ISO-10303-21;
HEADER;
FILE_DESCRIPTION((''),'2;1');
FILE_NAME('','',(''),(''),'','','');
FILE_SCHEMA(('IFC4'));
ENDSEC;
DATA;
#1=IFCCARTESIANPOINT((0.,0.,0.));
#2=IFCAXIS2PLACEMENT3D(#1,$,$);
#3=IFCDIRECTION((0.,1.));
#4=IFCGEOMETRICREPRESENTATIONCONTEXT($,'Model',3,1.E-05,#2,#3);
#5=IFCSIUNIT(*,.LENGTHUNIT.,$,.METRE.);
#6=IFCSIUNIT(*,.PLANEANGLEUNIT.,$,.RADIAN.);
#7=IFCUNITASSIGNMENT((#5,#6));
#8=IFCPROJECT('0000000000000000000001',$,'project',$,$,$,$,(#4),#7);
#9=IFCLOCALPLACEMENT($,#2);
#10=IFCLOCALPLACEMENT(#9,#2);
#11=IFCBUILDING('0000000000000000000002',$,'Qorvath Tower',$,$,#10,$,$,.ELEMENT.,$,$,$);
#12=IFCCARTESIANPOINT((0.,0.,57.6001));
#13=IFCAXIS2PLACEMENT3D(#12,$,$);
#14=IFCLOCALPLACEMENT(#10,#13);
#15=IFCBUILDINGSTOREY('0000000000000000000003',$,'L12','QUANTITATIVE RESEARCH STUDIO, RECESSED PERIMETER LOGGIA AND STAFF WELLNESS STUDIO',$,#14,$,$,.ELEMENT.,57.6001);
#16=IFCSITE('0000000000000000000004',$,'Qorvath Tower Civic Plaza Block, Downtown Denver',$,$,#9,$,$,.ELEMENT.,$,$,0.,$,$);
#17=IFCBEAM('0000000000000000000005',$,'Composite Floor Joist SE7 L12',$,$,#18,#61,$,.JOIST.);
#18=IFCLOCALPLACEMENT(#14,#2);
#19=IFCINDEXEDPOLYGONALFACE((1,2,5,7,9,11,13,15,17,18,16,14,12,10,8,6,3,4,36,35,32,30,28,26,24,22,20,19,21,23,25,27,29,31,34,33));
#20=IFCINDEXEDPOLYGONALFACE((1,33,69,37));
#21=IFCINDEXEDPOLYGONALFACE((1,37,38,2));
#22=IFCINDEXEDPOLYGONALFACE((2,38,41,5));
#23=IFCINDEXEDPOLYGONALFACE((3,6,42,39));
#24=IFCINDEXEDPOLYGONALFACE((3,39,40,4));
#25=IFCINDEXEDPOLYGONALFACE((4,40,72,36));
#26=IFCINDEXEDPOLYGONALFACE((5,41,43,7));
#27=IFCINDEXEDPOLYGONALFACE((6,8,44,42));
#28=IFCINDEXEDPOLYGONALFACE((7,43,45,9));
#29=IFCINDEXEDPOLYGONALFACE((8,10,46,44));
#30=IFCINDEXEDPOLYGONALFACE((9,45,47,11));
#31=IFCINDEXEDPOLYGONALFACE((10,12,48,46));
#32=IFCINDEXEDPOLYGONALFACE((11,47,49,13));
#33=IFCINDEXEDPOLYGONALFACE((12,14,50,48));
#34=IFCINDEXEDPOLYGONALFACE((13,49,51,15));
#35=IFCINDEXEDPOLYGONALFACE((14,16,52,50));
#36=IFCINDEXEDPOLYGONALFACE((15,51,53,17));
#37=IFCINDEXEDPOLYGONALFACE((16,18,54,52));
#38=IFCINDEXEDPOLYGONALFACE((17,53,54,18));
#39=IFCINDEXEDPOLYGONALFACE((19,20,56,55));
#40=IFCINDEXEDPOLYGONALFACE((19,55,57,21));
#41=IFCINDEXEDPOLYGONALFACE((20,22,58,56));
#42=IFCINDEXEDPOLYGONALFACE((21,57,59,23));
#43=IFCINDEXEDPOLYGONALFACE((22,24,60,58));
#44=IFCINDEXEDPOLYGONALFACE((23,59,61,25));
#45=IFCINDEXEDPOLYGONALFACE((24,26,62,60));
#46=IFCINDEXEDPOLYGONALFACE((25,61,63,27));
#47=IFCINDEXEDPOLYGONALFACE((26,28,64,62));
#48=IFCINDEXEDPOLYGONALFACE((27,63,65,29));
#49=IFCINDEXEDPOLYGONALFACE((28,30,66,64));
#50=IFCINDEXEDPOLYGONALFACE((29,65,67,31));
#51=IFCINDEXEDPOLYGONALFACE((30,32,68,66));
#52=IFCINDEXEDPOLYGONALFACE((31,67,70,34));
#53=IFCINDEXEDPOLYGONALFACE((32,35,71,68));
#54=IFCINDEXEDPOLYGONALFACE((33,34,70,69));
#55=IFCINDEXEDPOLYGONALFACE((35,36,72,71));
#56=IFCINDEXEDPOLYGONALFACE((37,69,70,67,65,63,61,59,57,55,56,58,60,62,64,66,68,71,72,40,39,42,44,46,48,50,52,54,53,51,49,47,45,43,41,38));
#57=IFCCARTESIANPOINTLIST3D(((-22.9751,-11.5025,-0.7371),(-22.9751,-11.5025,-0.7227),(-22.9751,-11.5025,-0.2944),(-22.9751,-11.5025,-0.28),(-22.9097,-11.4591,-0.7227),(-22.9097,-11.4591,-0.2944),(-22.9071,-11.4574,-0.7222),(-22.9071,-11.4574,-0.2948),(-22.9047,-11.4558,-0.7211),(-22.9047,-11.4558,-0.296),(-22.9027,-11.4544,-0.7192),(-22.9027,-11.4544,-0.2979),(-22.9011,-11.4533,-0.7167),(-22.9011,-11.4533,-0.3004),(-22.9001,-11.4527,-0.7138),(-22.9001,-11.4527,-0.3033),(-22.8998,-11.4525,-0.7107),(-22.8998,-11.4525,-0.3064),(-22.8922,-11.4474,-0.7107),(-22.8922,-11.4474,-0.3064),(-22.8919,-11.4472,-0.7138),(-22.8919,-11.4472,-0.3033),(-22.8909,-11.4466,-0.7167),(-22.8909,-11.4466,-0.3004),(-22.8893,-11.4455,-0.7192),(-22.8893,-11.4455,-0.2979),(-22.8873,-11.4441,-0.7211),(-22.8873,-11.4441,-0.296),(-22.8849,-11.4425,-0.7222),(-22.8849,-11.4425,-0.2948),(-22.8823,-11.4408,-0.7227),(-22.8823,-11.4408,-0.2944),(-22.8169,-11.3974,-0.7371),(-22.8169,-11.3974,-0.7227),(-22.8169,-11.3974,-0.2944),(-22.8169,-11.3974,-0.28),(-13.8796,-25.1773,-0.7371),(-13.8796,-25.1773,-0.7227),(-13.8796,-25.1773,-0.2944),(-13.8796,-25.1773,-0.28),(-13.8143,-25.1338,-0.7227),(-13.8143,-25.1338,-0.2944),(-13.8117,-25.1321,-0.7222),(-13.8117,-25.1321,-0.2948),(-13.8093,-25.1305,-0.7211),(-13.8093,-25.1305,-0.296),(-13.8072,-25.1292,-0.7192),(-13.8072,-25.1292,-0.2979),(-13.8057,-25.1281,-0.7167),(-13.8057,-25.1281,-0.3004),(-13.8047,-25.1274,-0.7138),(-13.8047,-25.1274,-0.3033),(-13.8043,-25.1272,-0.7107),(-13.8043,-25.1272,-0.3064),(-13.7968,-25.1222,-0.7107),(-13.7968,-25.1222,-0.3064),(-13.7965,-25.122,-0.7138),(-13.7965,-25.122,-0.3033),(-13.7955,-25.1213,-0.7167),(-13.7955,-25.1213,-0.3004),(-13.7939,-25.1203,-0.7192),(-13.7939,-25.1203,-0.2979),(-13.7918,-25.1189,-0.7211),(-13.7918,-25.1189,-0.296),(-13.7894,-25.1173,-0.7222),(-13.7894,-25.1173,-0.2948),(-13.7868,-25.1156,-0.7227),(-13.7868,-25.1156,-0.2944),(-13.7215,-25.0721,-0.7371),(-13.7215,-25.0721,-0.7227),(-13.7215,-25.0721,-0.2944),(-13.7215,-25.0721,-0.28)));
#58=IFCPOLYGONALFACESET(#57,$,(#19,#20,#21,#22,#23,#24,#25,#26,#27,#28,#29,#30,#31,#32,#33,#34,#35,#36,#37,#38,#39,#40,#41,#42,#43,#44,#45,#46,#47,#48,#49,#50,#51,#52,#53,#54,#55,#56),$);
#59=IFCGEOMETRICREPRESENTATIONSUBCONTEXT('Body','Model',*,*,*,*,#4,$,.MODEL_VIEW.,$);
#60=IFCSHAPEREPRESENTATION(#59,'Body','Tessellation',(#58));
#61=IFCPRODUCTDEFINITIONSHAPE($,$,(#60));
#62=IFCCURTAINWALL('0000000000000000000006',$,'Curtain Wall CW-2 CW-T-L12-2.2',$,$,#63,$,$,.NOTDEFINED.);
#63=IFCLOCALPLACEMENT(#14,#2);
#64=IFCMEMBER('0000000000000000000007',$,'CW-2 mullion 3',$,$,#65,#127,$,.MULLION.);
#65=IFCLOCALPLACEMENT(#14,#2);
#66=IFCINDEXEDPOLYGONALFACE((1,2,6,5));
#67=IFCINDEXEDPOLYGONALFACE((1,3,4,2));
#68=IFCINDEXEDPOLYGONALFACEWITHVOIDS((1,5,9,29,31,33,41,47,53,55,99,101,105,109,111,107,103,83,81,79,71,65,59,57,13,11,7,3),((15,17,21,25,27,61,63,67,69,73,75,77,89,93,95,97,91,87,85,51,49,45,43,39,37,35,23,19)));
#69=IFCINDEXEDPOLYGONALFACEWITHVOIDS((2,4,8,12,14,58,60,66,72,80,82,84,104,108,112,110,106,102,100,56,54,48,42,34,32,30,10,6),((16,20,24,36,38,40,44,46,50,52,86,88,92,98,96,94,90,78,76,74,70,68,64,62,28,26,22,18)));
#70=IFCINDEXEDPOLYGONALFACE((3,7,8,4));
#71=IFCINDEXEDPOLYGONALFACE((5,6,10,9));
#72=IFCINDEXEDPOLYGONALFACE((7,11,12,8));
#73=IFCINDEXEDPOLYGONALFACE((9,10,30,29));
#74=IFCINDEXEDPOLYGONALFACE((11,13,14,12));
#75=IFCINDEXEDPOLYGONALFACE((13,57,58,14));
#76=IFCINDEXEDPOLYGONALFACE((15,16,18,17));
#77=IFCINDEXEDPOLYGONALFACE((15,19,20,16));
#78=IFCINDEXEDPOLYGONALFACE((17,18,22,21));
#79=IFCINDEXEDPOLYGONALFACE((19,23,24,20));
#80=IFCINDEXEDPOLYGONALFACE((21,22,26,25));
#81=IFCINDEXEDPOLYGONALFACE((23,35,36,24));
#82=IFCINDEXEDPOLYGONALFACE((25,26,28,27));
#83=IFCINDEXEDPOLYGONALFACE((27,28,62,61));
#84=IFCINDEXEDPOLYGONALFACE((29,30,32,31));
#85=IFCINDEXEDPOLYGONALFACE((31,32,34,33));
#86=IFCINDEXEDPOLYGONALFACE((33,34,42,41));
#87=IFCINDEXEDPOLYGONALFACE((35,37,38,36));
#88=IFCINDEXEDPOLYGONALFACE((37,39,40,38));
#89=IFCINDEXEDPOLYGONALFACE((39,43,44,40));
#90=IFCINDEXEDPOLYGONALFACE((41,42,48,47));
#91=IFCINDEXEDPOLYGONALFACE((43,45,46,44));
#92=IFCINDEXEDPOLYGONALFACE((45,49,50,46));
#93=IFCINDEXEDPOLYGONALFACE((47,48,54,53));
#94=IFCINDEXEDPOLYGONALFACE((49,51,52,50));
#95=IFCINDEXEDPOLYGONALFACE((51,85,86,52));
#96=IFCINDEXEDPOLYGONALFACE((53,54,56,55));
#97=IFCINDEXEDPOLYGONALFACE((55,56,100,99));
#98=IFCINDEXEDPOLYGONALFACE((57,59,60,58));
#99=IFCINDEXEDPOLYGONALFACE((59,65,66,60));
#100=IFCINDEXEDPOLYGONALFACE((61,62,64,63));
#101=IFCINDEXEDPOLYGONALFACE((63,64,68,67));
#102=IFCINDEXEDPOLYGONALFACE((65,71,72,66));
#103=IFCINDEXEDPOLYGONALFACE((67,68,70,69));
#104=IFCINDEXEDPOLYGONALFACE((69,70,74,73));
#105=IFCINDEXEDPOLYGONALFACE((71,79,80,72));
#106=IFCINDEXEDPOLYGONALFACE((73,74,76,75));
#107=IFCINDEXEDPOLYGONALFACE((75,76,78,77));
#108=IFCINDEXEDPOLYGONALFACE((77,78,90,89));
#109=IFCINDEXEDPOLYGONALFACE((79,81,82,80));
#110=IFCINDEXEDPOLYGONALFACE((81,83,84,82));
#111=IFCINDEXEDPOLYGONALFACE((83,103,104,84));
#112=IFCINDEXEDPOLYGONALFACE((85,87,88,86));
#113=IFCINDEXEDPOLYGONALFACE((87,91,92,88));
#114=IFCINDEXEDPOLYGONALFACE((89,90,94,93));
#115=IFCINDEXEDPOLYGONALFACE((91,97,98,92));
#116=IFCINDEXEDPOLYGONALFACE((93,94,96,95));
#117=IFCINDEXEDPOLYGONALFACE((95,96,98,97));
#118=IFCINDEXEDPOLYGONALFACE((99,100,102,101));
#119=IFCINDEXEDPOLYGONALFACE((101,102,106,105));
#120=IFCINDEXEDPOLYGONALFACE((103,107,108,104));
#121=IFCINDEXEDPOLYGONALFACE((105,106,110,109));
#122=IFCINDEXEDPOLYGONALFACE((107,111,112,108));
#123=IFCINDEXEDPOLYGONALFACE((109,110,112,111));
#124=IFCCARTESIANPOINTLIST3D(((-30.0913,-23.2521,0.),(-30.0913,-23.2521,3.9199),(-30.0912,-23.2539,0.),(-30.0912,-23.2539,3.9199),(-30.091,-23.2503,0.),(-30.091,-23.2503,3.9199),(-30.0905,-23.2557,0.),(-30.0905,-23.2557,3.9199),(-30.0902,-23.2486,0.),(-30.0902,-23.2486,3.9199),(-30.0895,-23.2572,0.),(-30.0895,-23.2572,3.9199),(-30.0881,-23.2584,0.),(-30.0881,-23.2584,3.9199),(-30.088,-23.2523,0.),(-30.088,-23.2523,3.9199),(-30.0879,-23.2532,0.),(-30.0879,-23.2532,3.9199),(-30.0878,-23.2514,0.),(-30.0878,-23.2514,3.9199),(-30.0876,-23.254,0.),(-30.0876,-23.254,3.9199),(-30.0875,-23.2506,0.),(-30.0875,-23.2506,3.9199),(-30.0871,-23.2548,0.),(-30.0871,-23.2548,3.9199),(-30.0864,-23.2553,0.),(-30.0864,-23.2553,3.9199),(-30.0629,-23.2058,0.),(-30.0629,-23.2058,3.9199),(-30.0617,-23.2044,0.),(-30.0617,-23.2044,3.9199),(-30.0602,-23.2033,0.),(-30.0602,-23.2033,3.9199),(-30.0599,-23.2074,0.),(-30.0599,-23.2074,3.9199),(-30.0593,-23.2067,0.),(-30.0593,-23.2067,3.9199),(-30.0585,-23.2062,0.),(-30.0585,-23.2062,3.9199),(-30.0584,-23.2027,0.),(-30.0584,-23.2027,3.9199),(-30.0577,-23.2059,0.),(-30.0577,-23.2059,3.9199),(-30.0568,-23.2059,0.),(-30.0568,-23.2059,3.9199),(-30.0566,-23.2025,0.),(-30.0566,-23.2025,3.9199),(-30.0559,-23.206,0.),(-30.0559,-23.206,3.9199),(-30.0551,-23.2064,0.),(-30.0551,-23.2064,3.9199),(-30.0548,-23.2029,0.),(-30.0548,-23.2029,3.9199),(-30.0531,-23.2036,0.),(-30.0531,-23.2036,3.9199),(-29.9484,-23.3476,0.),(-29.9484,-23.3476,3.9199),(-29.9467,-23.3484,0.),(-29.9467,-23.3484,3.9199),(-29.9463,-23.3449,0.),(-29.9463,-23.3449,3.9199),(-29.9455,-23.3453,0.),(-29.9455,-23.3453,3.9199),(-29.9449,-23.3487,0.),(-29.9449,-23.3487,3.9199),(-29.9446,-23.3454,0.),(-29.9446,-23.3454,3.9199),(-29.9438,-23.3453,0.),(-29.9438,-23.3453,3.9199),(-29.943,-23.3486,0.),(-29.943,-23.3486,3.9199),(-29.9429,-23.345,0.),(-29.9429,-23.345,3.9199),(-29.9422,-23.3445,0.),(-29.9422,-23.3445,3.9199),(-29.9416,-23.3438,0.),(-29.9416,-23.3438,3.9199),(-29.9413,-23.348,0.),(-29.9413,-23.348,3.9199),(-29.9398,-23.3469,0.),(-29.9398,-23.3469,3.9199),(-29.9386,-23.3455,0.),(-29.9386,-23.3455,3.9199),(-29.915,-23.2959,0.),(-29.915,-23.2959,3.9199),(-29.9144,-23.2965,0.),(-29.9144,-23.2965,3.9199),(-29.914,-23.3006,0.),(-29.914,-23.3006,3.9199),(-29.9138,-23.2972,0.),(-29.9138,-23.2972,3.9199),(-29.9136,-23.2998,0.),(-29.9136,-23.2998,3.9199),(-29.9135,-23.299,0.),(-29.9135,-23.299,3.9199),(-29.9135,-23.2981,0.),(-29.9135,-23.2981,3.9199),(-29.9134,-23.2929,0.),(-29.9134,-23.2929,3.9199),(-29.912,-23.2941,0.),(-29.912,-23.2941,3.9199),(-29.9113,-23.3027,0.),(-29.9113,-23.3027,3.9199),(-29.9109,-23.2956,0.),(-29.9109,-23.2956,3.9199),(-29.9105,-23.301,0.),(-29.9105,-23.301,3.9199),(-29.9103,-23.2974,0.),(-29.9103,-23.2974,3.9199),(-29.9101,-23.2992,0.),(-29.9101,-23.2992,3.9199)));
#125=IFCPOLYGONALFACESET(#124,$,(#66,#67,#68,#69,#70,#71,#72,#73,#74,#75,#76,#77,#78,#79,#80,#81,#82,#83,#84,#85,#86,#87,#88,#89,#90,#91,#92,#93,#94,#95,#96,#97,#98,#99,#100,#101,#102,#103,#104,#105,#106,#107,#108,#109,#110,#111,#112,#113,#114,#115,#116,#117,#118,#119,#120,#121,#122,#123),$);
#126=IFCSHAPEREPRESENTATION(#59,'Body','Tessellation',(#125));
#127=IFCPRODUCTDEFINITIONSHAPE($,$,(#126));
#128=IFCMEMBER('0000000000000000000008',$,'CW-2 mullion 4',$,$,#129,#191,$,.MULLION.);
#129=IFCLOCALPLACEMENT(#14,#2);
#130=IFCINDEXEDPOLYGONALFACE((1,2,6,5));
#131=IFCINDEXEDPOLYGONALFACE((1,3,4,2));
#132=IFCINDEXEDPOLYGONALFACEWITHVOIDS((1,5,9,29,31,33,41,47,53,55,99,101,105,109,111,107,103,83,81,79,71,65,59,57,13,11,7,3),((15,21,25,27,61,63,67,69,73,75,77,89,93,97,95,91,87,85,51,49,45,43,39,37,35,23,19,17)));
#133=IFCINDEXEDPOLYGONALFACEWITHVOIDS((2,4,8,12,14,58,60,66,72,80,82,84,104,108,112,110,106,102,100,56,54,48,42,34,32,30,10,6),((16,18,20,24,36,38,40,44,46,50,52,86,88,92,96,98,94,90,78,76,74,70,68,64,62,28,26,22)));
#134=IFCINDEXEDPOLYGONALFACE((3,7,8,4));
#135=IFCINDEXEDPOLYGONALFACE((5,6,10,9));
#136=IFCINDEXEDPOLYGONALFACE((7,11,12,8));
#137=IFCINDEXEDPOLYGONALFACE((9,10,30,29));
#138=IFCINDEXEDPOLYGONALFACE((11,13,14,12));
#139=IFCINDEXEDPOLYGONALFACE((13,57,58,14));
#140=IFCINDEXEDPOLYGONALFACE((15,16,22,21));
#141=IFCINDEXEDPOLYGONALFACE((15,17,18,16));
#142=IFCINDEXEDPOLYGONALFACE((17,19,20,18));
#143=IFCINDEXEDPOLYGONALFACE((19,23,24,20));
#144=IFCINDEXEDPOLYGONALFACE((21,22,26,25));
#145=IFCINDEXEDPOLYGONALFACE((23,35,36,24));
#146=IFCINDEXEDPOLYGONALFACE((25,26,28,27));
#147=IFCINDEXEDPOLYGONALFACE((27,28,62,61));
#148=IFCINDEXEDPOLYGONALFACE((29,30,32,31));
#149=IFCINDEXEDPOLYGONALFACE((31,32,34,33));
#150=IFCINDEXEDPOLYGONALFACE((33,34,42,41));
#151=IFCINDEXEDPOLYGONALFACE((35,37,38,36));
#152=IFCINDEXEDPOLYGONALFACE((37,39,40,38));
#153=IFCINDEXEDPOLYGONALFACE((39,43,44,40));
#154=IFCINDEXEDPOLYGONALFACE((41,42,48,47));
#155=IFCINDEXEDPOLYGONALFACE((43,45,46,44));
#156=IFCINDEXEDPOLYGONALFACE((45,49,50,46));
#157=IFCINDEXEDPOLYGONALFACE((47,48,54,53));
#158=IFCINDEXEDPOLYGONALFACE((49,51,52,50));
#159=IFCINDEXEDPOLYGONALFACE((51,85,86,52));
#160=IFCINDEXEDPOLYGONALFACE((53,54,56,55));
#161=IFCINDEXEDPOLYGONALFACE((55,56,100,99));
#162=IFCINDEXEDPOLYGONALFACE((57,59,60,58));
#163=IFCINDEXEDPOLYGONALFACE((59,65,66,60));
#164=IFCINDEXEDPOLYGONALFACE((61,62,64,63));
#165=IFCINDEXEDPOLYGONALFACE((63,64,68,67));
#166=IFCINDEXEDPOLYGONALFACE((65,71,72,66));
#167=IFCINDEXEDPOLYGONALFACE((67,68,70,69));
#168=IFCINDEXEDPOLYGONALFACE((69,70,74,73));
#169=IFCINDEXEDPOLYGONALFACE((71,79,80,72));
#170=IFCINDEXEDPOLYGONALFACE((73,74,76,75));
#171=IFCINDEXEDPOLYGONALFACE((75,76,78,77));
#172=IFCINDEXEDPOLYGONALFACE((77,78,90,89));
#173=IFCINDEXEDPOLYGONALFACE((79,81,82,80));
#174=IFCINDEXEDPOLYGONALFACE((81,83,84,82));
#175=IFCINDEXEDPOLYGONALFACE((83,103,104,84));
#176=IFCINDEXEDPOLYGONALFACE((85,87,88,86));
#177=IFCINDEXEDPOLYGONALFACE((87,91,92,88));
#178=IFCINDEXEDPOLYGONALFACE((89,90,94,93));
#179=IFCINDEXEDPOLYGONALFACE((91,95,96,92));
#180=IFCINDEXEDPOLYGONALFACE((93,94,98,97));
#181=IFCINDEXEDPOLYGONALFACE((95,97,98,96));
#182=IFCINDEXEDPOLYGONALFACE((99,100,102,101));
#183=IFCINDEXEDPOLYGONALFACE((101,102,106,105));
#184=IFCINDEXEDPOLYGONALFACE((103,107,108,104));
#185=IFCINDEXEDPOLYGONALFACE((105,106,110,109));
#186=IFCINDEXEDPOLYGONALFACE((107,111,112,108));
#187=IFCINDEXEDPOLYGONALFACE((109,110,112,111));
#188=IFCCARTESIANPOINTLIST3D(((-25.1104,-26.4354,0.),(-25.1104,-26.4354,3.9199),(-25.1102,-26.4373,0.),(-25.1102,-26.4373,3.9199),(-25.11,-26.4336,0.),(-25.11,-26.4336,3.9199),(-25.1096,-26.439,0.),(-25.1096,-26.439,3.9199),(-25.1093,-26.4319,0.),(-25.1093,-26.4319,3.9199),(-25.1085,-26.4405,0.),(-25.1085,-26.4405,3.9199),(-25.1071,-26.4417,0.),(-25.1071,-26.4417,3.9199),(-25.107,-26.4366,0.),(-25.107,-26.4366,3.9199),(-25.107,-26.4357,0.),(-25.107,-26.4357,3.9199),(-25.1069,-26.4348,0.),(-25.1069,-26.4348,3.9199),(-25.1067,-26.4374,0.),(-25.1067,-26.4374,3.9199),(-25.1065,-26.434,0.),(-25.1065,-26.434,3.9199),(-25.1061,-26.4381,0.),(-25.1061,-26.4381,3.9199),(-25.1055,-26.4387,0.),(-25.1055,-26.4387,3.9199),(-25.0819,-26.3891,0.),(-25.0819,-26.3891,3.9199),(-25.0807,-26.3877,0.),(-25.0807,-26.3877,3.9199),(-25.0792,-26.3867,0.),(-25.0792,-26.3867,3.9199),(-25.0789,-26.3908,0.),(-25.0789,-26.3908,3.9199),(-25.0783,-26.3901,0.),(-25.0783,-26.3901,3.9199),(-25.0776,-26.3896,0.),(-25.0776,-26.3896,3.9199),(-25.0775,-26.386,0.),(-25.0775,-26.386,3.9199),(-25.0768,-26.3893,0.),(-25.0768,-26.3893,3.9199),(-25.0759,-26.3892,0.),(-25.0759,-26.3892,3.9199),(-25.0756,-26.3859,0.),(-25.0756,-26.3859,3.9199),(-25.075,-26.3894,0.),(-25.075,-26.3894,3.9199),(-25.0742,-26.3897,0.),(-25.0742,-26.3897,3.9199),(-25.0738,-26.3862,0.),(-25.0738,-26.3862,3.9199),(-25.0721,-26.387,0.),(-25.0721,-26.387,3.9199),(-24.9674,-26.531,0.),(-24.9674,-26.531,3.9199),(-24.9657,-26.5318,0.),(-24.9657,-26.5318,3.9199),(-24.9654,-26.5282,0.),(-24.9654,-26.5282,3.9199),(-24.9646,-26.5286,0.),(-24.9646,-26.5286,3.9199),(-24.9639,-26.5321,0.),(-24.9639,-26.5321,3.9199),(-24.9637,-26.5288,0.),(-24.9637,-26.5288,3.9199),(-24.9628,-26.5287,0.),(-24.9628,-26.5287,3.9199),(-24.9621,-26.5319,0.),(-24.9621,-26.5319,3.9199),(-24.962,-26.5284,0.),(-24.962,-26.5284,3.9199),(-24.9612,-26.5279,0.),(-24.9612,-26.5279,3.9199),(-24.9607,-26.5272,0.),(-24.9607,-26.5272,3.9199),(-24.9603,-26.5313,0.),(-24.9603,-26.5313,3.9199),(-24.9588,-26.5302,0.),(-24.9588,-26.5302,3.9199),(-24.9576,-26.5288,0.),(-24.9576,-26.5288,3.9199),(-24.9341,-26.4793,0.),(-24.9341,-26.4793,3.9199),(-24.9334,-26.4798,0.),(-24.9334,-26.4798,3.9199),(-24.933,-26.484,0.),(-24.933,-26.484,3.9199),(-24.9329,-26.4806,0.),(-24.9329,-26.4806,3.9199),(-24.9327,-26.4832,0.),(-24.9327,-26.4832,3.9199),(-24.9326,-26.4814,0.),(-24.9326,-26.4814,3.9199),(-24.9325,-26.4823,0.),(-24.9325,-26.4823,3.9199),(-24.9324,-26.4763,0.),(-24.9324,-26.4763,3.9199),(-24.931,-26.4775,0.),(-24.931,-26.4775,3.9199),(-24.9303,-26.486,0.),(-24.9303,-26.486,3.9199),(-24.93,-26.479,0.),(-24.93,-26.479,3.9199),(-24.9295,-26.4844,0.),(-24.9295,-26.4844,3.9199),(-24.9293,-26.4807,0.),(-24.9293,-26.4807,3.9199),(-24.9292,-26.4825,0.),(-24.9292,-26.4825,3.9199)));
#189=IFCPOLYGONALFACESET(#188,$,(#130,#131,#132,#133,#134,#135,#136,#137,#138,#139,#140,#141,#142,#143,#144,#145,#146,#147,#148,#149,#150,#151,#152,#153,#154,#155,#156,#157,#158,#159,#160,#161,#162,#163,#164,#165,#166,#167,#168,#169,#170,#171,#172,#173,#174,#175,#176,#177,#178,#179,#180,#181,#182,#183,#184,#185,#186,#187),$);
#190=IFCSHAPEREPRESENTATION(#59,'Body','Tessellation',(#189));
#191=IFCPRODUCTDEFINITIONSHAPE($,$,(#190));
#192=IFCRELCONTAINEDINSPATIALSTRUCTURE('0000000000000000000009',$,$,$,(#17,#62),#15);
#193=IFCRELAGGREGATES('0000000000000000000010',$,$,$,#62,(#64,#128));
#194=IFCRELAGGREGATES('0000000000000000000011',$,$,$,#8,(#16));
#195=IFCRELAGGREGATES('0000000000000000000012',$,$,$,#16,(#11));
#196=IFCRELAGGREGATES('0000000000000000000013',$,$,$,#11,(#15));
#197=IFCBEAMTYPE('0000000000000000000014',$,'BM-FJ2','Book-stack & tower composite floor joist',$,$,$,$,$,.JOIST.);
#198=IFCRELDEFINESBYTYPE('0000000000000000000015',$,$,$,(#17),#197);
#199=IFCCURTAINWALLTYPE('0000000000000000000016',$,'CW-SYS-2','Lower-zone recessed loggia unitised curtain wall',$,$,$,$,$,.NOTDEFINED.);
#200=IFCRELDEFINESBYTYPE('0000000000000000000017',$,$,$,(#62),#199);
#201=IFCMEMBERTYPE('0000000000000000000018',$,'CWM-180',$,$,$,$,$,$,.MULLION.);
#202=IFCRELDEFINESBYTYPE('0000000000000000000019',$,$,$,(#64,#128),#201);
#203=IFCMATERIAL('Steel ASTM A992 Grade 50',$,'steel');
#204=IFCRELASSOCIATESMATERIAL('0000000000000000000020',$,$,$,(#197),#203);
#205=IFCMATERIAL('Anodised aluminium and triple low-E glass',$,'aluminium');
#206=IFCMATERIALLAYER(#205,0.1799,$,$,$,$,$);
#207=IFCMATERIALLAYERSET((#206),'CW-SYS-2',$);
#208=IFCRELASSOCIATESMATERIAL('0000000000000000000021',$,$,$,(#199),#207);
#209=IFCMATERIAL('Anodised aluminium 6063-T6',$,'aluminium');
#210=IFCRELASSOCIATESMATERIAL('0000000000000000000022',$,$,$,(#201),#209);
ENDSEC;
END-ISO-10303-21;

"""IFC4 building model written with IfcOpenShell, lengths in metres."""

from ifc_helpers import new_model, si_unit, direction, frame, origin, origin_2d, place, context, subcontext, project, spatial, hollow_rectangle, i_section, extrude, material, layer, layer_set, material_profile, profile_set, type_object, element, aggregate, save


model = new_model("IFC4")

# Units and contexts
model_context = context("Model", 3, precision=1e-05, world=origin(), true_north=direction((0.0, 1.0)))
body_context = subcontext(model_context, "Body", "Model", "MODEL_VIEW")
ifc_project = project(units=[si_unit("LENGTHUNIT", "METRE"), si_unit("PLANEANGLEUNIT", "RADIAN")], contexts=[model_context])

# Site, building, storey
site_placement = place(None, origin())
site = spatial("IfcSite", under=ifc_project, at=site_placement, Name="Qorvath Tower Civic Plaza Block, Downtown Denver", CompositionType="ELEMENT", RefElevation=0.0)
building_placement = place(site_placement, origin())
building = spatial("IfcBuilding", under=site, at=building_placement, Name="Qorvath Tower", CompositionType="ELEMENT")
storey_placement = place(building_placement, frame((0.0, 0.0, 57.6001)))
storey = spatial("IfcBuildingStorey", under=building, at=storey_placement, Name="L12", Description="QUANTITATIVE RESEARCH STUDIO, RECESSED PERIMETER LOGGIA AND STAFF WELLNESS STUDIO", CompositionType="ELEMENT", Elevation=57.6001)

# Beam
ifc_material_1 = material(Name="Steel ASTM A992 Grade 50", Category="steel")
ifc_material_profile_1 = material_profile(ifc_material_1, i_section(OverallWidth=0.1899, OverallDepth=0.457, WebThickness=0.009, FlangeThickness=0.0144, FilletRadius=0.012, at=origin_2d()), Name="W18x50")
ifc_profile_set_1 = profile_set([ifc_material_profile_1], Name="Steel ASTM A992 Grade 50")
beam_type_1 = type_object("IfcBeamType", Name="BM-FJ2", Description="Book-stack & tower composite floor joist", PredefinedType="JOIST", material=ifc_profile_set_1)
beam_1_placement = place(storey_placement, frame((-22.896, -11.45, -0.5085), z_axis=(0.553811, -0.832642, 0.0), x_axis=(0.832642, 0.553811, 0.0)))
element("IfcBeam", 1, at=beam_1_placement, inside=storey, type_object=beam_type_1, Name="Composite Floor Joist SE7 L12", PredefinedType="JOIST", context=body_context, shape_type="SweptSolid", body=[
    extrude(i_section(OverallWidth=0.1899, OverallDepth=0.457, WebThickness=0.009, FlangeThickness=0.0144, FilletRadius=0.012, at=origin_2d()), origin(), (0.0, 0.0, 1.0), 16.4233),
])

# Curtain wall, members
ifc_material_2 = material(Name="Anodised aluminium and triple low-E glass", Category="aluminium")
ifc_layer_1 = layer(ifc_material_2, 0.1799)
ifc_layer_set_1 = layer_set([ifc_layer_1], Name="CW-SYS-2")
curtain_wall_type = type_object("IfcCurtainWallType", Name="CW-SYS-2", Description="Lower-zone recessed loggia unitised curtain wall", PredefinedType="NOTDEFINED", material=ifc_layer_set_1)
curtain_wall_placement = place(storey_placement, origin())
curtain_wall = element("IfcCurtainWall", 2, at=curtain_wall_placement, inside=storey, type_object=curtain_wall_type, Name="Curtain Wall CW-2 CW-T-L12-2.2", PredefinedType="NOTDEFINED")
ifc_material_3 = material(Name="Anodised aluminium 6063-T6", Category="aluminium")
ifc_material_profile_2 = material_profile(ifc_material_3, hollow_rectangle(XDim=0.0649, YDim=0.1799, WallThickness=0.0034, InnerFilletRadius=0.0034, OuterFilletRadius=0.0071, at=origin_2d()), Name="CWM 180x65")
ifc_profile_set_2 = profile_set([ifc_material_profile_2], Name="Anodised aluminium 6063-T6")
member_type_1 = type_object("IfcMemberType", Name="CWM-180", PredefinedType="MULLION", material=ifc_profile_set_2)
member_1_placement = place(storey_placement, frame((-30.0007, -23.2756, 0.0), z_axis=(0.0, 0.0, 1.0), x_axis=(0.538536, 0.842602, 0.0)))
member_1 = element("IfcMember", 3, at=member_1_placement, type_object=member_type_1, Name="CW-2 mullion 3", PredefinedType="MULLION", context=body_context, shape_type="SweptSolid", body=[
    extrude(hollow_rectangle(XDim=0.0649, YDim=0.1799, WallThickness=0.0034, InnerFilletRadius=0.0034, OuterFilletRadius=0.0071, at=origin_2d()), origin(), (0.0, 0.0, 1.0), 3.9199),
])
member_2_placement = place(storey_placement, frame((-25.0198, -26.459, 0.0), z_axis=(0.0, 0.0, 1.0), x_axis=(0.538536, 0.842602, 0.0)))
member_2 = element("IfcMember", 4, at=member_2_placement, type_object=member_type_1, Name="CW-2 mullion 4", PredefinedType="MULLION", context=body_context, shape_type="SweptSolid", body=[
    extrude(hollow_rectangle(XDim=0.0649, YDim=0.1799, WallThickness=0.0034, InnerFilletRadius=0.0034, OuterFilletRadius=0.0071, at=origin_2d()), origin(), (0.0, 0.0, 1.0), 3.9199),
])
aggregate(curtain_wall, [member_1, member_2])

save(model, "model.ifc")
